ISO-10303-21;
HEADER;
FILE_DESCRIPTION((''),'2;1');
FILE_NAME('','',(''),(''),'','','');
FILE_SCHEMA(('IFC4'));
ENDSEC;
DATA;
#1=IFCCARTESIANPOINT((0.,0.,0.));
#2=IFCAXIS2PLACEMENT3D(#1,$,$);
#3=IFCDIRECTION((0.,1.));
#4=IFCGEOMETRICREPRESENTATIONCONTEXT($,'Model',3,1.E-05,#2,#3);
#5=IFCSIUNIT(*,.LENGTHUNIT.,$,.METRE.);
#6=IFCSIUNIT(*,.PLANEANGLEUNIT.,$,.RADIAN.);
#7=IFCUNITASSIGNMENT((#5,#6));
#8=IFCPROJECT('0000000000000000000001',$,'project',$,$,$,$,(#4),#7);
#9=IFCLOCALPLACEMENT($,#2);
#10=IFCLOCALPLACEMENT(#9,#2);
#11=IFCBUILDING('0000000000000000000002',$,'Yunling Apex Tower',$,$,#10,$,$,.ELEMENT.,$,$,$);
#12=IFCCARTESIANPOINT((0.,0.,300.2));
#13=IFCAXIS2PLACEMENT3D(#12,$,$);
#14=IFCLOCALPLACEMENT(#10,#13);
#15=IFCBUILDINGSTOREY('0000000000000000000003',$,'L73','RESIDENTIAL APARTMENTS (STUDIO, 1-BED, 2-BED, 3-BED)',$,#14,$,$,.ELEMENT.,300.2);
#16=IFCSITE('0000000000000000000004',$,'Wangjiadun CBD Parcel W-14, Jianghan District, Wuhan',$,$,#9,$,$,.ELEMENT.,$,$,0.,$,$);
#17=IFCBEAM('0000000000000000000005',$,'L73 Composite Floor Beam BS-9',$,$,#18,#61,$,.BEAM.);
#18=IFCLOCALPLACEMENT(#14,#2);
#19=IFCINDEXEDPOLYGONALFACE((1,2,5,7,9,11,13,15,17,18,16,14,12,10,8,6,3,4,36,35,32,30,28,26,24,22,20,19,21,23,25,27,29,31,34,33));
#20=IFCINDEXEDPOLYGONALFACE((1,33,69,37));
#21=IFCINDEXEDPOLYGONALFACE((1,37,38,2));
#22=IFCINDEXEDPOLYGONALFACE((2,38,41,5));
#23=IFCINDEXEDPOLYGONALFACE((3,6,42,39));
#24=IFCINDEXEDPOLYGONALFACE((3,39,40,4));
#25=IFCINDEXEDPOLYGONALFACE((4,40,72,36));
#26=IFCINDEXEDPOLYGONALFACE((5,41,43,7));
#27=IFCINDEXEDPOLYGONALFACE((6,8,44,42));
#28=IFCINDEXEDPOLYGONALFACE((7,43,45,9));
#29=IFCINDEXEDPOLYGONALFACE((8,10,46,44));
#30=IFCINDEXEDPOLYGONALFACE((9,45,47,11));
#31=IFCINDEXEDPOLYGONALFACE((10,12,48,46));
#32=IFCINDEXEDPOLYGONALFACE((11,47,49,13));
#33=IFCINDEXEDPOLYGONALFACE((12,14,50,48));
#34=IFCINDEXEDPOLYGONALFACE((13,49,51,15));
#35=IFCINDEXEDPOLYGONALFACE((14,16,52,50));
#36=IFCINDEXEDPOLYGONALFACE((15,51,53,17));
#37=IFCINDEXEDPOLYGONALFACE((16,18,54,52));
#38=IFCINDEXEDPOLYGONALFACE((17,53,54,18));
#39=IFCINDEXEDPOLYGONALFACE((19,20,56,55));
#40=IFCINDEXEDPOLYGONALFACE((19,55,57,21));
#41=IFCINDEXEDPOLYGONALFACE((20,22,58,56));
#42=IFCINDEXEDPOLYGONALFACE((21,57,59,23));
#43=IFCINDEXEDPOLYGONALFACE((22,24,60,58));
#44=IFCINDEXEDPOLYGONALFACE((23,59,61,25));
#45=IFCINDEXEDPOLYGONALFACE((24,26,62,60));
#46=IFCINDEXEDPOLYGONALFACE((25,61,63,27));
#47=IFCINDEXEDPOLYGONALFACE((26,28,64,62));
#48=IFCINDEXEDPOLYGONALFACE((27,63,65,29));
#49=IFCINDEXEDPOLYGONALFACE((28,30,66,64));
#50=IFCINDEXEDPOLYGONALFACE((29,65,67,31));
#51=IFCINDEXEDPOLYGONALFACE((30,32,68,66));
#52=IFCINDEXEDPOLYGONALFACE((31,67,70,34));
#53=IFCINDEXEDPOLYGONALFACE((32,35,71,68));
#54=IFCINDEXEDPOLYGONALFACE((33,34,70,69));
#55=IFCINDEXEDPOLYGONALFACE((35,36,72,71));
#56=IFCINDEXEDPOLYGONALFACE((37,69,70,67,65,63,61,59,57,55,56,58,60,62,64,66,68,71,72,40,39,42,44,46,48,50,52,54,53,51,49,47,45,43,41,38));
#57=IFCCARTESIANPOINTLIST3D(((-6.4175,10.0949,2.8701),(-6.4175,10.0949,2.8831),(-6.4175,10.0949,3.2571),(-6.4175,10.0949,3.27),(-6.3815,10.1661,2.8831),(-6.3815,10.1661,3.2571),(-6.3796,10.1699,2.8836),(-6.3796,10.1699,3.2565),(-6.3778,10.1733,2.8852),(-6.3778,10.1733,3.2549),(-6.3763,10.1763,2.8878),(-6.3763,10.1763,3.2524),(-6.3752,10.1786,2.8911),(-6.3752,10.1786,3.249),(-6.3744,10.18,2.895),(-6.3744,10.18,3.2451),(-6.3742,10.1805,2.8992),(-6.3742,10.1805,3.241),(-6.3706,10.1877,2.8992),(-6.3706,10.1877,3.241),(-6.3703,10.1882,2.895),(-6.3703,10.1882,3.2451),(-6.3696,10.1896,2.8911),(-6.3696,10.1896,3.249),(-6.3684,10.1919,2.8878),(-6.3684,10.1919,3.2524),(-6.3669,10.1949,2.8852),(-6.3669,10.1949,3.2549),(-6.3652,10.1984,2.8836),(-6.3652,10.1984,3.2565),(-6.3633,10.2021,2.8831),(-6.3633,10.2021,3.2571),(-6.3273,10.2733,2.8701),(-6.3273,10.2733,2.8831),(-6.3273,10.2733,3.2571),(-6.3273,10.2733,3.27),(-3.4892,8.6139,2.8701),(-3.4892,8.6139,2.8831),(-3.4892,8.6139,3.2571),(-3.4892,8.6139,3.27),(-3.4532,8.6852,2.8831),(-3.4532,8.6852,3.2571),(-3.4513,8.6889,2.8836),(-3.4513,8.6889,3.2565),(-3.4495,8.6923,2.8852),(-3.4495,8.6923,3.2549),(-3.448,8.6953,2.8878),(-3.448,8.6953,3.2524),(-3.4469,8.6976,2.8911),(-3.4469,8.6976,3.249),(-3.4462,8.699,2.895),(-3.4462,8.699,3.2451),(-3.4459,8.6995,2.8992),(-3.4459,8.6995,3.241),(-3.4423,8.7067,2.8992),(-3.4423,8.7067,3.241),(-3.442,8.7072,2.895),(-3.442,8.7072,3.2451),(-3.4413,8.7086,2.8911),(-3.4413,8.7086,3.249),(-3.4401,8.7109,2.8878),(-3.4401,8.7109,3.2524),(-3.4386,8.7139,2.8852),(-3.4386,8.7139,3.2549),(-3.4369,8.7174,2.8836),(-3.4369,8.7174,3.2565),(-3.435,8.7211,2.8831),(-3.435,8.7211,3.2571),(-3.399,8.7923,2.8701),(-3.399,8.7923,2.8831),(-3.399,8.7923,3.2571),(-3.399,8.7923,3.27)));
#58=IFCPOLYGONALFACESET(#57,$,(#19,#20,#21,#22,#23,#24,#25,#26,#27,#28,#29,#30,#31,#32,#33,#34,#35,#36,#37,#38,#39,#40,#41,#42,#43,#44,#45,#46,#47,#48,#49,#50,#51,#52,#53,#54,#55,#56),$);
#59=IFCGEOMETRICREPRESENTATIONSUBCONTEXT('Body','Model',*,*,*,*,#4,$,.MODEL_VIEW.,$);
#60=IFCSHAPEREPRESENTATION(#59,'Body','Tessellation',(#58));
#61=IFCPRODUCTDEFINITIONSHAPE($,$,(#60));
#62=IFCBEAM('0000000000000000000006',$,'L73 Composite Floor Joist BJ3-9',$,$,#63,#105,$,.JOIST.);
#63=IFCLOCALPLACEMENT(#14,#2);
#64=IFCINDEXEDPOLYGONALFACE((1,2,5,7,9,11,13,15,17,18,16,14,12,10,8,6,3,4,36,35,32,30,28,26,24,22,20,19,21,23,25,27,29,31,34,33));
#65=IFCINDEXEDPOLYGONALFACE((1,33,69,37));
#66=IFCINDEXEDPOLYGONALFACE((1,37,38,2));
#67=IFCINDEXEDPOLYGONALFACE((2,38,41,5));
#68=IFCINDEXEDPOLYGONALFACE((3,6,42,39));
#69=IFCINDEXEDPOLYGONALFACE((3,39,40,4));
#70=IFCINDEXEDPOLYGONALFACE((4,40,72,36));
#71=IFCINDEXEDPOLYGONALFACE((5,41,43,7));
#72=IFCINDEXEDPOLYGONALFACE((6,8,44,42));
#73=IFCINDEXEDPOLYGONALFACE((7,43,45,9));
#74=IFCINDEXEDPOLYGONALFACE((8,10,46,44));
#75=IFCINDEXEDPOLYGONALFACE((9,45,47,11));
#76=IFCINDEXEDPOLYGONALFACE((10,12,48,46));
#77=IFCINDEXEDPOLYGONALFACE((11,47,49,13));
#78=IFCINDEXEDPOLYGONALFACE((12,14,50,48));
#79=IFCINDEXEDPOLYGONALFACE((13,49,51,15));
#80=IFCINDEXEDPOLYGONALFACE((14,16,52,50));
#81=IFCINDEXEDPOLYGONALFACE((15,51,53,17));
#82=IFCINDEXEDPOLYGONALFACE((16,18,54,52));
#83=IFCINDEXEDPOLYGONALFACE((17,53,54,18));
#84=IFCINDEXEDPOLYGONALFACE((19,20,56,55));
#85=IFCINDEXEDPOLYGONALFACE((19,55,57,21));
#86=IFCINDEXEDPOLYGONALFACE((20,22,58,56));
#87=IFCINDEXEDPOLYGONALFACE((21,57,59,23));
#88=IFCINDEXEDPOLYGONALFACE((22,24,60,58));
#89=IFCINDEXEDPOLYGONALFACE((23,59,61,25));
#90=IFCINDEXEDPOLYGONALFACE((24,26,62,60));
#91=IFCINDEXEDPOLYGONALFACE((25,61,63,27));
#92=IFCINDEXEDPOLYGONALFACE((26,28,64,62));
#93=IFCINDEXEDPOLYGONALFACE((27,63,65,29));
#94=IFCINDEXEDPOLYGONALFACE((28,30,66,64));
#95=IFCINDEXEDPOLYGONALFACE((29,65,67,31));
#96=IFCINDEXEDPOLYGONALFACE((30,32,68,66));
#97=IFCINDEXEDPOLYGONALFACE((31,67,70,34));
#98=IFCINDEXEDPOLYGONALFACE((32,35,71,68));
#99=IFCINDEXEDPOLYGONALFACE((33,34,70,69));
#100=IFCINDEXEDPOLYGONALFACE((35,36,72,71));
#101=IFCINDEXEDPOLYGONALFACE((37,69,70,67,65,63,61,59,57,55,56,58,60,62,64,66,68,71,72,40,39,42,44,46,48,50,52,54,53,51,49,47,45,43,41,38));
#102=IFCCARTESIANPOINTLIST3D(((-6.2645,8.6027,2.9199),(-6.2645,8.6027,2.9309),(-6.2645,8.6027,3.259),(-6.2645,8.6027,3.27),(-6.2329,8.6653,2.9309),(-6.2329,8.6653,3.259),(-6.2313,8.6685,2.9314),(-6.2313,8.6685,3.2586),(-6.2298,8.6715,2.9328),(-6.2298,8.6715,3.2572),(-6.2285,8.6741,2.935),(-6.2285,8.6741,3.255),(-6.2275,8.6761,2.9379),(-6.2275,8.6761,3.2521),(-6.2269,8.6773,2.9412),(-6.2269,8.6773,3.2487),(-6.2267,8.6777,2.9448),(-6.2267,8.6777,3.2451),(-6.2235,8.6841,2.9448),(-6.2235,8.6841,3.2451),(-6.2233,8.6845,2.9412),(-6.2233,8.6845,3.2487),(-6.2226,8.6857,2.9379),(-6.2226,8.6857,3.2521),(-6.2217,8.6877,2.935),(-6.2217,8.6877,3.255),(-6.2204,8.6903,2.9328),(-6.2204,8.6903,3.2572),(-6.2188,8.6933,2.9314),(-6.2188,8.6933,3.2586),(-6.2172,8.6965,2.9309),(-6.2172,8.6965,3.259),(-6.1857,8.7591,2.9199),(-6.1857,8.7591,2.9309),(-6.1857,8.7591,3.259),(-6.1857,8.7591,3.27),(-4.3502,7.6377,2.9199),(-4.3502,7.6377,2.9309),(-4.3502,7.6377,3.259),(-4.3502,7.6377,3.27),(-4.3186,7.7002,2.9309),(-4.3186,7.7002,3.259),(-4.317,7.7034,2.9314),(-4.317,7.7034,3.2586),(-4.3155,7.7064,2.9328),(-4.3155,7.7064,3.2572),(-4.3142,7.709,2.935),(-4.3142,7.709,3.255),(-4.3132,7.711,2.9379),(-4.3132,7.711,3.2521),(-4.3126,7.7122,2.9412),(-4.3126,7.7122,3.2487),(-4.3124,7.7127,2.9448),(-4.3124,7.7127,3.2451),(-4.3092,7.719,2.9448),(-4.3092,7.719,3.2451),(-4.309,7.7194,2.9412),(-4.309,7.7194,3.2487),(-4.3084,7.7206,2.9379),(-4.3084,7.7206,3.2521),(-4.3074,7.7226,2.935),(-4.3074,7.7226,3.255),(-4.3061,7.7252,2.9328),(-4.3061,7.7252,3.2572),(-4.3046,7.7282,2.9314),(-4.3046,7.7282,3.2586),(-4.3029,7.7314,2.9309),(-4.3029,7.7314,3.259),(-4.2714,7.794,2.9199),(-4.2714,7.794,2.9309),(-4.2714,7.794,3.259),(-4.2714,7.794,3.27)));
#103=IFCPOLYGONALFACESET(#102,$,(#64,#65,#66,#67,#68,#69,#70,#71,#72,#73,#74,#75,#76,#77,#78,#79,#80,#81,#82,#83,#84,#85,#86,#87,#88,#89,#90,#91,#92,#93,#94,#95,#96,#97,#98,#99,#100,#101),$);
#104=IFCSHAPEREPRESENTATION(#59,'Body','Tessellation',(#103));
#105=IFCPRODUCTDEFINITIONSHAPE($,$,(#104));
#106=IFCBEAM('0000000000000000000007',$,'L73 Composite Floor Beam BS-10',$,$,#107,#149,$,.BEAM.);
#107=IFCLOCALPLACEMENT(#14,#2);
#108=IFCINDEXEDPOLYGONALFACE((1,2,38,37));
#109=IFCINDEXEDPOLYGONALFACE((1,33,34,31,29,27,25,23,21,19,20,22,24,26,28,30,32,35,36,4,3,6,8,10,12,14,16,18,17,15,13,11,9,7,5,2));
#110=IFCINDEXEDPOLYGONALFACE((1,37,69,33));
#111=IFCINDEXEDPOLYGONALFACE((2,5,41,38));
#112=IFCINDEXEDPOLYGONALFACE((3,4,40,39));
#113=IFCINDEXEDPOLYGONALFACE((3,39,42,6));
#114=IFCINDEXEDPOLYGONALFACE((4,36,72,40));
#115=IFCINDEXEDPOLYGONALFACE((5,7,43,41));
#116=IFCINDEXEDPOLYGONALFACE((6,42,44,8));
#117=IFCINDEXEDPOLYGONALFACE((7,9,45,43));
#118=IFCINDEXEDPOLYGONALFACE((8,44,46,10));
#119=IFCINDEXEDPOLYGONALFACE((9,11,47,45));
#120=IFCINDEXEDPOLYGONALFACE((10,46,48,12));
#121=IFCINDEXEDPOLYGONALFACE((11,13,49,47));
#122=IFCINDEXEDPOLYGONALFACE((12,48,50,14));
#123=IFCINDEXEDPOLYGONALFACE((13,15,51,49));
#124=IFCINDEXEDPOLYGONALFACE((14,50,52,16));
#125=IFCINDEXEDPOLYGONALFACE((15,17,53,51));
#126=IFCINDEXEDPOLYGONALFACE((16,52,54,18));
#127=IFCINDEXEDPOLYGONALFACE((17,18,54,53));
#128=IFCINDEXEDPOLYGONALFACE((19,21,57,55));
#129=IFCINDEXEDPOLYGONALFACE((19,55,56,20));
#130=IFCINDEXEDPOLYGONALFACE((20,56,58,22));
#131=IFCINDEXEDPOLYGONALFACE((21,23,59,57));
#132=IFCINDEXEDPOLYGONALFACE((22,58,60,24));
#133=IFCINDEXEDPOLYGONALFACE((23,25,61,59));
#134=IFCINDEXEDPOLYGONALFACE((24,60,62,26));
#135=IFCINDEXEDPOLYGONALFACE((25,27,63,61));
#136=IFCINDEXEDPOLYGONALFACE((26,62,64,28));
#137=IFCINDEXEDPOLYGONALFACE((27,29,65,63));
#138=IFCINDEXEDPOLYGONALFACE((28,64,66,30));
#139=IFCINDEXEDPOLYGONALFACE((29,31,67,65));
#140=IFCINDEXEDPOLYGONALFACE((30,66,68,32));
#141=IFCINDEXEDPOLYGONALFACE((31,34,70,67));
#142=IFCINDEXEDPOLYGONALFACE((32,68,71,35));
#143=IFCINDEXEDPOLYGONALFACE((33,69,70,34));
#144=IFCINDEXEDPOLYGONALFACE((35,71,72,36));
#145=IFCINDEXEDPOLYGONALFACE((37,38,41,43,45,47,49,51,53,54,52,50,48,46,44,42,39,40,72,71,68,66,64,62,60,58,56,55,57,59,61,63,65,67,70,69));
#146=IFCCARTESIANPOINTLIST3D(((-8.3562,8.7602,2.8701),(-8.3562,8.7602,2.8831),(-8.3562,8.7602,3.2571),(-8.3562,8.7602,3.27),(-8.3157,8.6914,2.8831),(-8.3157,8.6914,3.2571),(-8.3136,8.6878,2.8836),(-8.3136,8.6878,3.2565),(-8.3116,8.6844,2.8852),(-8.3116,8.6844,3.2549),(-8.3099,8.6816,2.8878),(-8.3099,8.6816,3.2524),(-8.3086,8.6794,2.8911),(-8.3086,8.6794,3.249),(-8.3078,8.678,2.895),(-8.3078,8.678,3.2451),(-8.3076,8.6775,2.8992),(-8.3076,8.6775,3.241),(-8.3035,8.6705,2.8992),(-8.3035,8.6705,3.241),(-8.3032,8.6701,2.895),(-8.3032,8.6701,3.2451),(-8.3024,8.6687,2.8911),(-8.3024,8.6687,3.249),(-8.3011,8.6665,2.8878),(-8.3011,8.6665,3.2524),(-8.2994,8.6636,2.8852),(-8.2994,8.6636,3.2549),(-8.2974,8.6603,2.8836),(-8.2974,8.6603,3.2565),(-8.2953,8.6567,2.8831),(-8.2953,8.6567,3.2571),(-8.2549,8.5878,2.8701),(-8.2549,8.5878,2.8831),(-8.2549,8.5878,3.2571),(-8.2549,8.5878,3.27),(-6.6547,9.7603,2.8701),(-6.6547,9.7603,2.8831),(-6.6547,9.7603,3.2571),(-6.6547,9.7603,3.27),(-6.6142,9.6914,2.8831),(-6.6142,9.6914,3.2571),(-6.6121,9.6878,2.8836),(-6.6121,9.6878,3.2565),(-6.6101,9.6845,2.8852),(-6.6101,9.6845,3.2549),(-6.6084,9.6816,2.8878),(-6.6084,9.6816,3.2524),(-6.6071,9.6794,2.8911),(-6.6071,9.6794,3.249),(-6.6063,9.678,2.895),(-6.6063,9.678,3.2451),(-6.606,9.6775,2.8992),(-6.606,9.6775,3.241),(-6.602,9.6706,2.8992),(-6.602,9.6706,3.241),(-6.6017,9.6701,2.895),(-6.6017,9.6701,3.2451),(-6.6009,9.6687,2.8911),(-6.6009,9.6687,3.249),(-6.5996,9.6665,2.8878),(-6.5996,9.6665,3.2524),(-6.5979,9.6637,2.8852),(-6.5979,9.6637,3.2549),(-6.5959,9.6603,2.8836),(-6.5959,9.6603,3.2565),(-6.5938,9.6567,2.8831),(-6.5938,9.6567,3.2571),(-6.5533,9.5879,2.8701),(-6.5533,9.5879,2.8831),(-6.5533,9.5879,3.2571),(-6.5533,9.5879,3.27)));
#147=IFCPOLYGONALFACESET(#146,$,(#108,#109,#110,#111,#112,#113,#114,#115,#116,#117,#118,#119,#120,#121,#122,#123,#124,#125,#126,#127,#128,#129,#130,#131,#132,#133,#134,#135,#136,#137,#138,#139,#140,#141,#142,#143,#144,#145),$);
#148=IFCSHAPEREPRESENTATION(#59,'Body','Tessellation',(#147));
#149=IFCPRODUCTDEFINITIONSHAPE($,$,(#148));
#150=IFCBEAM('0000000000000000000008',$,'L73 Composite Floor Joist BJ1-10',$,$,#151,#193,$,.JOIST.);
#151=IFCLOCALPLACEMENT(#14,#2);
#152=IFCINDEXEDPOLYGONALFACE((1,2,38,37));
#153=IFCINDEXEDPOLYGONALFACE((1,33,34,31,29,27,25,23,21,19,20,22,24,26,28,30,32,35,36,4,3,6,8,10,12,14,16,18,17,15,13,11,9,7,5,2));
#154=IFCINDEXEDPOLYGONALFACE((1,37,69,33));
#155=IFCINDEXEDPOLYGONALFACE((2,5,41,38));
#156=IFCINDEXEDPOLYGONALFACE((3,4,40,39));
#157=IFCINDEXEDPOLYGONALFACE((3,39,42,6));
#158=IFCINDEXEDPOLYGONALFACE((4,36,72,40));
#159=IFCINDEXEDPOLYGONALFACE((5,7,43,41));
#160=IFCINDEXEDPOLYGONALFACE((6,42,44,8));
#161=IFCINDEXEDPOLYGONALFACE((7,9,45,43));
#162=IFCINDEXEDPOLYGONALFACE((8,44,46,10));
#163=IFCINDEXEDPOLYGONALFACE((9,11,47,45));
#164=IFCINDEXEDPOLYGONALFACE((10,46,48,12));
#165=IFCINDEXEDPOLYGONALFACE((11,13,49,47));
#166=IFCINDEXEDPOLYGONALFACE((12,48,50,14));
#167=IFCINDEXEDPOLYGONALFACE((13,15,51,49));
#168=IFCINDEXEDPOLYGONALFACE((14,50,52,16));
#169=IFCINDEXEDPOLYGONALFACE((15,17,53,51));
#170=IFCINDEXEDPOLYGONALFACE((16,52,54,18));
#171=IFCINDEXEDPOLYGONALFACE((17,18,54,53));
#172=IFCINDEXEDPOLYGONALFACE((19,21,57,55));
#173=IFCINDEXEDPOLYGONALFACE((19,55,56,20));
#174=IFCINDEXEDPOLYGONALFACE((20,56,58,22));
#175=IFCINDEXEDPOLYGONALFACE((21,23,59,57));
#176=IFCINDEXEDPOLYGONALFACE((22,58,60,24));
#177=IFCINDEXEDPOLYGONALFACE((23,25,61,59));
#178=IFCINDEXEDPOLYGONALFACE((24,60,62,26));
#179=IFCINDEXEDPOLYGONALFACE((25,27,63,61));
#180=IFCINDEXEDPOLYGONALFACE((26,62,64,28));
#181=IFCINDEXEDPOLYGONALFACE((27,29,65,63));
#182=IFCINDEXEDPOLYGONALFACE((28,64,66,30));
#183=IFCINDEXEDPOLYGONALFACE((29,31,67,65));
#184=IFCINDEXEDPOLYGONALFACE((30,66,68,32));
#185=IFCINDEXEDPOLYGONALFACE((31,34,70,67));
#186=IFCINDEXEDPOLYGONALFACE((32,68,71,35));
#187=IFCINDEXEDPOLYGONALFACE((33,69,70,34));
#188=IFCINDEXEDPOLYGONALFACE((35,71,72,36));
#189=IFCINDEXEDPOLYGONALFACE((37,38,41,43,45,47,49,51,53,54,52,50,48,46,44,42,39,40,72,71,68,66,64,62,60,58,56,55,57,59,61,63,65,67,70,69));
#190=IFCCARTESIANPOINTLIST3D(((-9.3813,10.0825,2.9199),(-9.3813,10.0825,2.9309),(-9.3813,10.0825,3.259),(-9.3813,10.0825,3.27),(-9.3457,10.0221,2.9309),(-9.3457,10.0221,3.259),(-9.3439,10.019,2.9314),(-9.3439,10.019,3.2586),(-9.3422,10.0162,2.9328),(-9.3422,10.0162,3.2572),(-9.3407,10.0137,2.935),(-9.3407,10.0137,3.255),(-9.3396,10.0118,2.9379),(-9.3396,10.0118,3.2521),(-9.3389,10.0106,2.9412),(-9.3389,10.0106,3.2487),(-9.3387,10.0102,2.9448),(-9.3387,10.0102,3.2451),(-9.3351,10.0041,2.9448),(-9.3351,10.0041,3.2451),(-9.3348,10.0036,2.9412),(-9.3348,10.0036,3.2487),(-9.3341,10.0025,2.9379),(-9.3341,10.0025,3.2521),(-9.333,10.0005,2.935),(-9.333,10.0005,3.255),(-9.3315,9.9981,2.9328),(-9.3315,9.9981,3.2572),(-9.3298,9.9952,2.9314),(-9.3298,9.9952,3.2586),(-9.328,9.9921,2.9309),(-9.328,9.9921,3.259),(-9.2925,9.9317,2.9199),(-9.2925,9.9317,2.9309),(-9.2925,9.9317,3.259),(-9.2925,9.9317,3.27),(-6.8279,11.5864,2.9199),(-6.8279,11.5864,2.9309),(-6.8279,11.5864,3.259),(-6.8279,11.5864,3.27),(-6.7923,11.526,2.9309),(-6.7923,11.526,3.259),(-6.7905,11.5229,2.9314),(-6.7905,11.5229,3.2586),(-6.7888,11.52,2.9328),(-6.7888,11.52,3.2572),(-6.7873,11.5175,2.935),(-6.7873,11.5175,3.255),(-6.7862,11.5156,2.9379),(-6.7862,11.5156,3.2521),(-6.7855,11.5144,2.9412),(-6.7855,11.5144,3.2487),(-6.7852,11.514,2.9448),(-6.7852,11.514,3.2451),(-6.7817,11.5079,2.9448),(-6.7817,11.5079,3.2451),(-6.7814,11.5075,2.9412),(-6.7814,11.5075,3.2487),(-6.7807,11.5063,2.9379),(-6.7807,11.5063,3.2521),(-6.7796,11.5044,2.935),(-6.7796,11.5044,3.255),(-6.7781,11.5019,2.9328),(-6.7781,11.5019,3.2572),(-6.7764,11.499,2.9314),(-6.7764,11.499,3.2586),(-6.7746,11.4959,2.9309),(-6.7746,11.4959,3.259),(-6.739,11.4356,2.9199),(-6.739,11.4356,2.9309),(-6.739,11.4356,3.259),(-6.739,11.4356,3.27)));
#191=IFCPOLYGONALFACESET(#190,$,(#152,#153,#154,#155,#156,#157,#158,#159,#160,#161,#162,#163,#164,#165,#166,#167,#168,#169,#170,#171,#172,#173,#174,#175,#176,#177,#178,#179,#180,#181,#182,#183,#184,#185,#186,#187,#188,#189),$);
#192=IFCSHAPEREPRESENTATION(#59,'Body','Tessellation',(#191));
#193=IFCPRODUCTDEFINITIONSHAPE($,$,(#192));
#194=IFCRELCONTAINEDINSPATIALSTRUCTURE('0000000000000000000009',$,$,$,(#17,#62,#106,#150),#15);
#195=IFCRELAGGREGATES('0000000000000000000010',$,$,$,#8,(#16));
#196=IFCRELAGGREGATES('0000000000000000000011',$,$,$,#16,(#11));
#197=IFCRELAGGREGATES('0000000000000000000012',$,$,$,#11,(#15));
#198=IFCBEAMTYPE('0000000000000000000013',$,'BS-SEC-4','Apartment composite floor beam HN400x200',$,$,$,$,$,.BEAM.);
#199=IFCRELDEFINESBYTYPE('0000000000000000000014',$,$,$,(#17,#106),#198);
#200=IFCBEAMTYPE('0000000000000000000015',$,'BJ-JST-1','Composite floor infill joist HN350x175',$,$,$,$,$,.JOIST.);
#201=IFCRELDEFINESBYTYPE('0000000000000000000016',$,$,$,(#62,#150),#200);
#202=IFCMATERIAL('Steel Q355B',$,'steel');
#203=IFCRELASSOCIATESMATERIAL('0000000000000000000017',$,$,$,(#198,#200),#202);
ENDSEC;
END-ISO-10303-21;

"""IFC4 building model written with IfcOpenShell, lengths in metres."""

from ifc_helpers import new_model, si_unit, direction, frame, origin, origin_2d, place, context, subcontext, project, spatial, i_section, extrude, source, transform, mapped, material, material_profile, profile_set, type_object, element, save


model = new_model("IFC4")

# Units and contexts
model_context = context("Model", 3, precision=1e-05, world=origin(), true_north=direction((0.0, 1.0)))
body_context = subcontext(model_context, "Body", "Model", "MODEL_VIEW")
ifc_project = project(units=[si_unit("LENGTHUNIT", "METRE"), si_unit("PLANEANGLEUNIT", "RADIAN")], contexts=[model_context])

# Site, building, storey
site_placement = place(None, origin())
site = spatial("IfcSite", under=ifc_project, at=site_placement, Name="Wangjiadun CBD Parcel W-14, Jianghan District, Wuhan", CompositionType="ELEMENT", RefElevation=0.0)
building_placement = place(site_placement, origin())
building = spatial("IfcBuilding", under=site, at=building_placement, Name="Yunling Apex Tower", CompositionType="ELEMENT")
storey_placement = place(building_placement, frame((0.0, 0.0, 300.2)))
storey = spatial("IfcBuildingStorey", under=building, at=storey_placement, Name="L73", Description="RESIDENTIAL APARTMENTS (STUDIO, 1-BED, 2-BED, 3-BED)", CompositionType="ELEMENT", Elevation=300.2)

# Shared definitions
ifc_material_1 = material(Name="Steel Q355B", Category="steel")

# Beams
ifc_material_profile_1 = material_profile(ifc_material_1, i_section(OverallWidth=0.2, OverallDepth=0.3999, WebThickness=0.0081, FlangeThickness=0.0129, FilletRadius=0.0161, at=origin_2d()))
ifc_profile_set_1 = profile_set([ifc_material_profile_1], Name="Steel Q355B")
beam_type_1 = type_object("IfcBeamType", Name="BS-SEC-4", Description="Apartment composite floor beam HN400x200", PredefinedType="BEAM", material=ifc_profile_set_1)
shared_shape_1 = source(origin(), body_context, "Body", "SweptSolid", [
    extrude(i_section(OverallWidth=0.2, OverallDepth=0.3999, WebThickness=0.0081, FlangeThickness=0.0129, FilletRadius=0.0161, at=origin_2d()), origin(), (0.0, 0.0, 1.0), 3.2815),
])
beam_1_placement = place(storey_placement, frame((-3.4441, 8.7031, 3.0701), z_axis=(-0.892364, 0.451316, 0.0), x_axis=(-0.451316, -0.892364, 0.0)))
element("IfcBeam", 1, at=beam_1_placement, inside=storey, type_object=beam_type_1, Name="L73 Composite Floor Beam BS-9", PredefinedType="BEAM", context=body_context, shape_type="MappedRepresentation", body=[
    mapped(shared_shape_1, transform((0.0, 0.0, 0.0), scale=1.0)),
])
ifc_material_profile_2 = material_profile(ifc_material_1, i_section(OverallWidth=0.175, OverallDepth=0.3501, WebThickness=0.0071, FlangeThickness=0.011, FilletRadius=0.0139, at=origin_2d()))
ifc_profile_set_2 = profile_set([ifc_material_profile_2], Name="Steel Q355B")
beam_type_2 = type_object("IfcBeamType", Name="BJ-JST-1", Description="Composite floor infill joist HN350x175", PredefinedType="JOIST", material=ifc_profile_set_2)
shared_shape_2 = source(origin(), body_context, "Body", "SweptSolid", [
    extrude(i_section(OverallWidth=0.175, OverallDepth=0.3501, WebThickness=0.0071, FlangeThickness=0.011, FilletRadius=0.0139, at=origin_2d()), origin(), (0.0, 0.0, 1.0), 2.1438),
])
beam_2_placement = place(storey_placement, frame((-4.3108, 7.7158, 3.095), z_axis=(-0.892942, 0.450172, 0.0), x_axis=(-0.450172, -0.892942, 0.0)))
element("IfcBeam", 2, at=beam_2_placement, inside=storey, type_object=beam_type_2, Name="L73 Composite Floor Joist BJ3-9", PredefinedType="JOIST", context=body_context, shape_type="MappedRepresentation", body=[
    mapped(shared_shape_2, transform((0.0, 0.0, 0.0), scale=1.0)),
])
shared_shape_3 = source(origin(), body_context, "Body", "SweptSolid", [
    extrude(i_section(OverallWidth=0.2, OverallDepth=0.3999, WebThickness=0.0081, FlangeThickness=0.0129, FilletRadius=0.0161, at=origin_2d()), origin(), (0.0, 0.0, 1.0), 1.9736),
])
beam_3_placement = place(storey_placement, frame((-6.604, 9.6741, 3.0701), z_axis=(-0.862119, -0.506707, 0.0), x_axis=(0.506707, -0.862119, 0.0)))
element("IfcBeam", 3, at=beam_3_placement, inside=storey, type_object=beam_type_1, Name="L73 Composite Floor Beam BS-10", PredefinedType="BEAM", context=body_context, shape_type="MappedRepresentation", body=[
    mapped(shared_shape_3, transform((0.0, 0.0, 0.0), scale=1.0)),
])
shared_shape_4 = source(origin(), body_context, "Body", "SweptSolid", [
    extrude(i_section(OverallWidth=0.175, OverallDepth=0.3501, WebThickness=0.0071, FlangeThickness=0.011, FilletRadius=0.0139, at=origin_2d()), origin(), (0.0, 0.0, 1.0), 2.9634),
])
beam_4_placement = place(storey_placement, frame((-6.7834, 11.511, 3.095), z_axis=(-0.861659, -0.507488, 0.0), x_axis=(0.507488, -0.861659, 0.0)))
element("IfcBeam", 4, at=beam_4_placement, inside=storey, type_object=beam_type_2, Name="L73 Composite Floor Joist BJ1-10", PredefinedType="JOIST", context=body_context, shape_type="MappedRepresentation", body=[
    mapped(shared_shape_4, transform((0.0, 0.0, 0.0), scale=1.0)),
])

save(model, "model.ifc")
